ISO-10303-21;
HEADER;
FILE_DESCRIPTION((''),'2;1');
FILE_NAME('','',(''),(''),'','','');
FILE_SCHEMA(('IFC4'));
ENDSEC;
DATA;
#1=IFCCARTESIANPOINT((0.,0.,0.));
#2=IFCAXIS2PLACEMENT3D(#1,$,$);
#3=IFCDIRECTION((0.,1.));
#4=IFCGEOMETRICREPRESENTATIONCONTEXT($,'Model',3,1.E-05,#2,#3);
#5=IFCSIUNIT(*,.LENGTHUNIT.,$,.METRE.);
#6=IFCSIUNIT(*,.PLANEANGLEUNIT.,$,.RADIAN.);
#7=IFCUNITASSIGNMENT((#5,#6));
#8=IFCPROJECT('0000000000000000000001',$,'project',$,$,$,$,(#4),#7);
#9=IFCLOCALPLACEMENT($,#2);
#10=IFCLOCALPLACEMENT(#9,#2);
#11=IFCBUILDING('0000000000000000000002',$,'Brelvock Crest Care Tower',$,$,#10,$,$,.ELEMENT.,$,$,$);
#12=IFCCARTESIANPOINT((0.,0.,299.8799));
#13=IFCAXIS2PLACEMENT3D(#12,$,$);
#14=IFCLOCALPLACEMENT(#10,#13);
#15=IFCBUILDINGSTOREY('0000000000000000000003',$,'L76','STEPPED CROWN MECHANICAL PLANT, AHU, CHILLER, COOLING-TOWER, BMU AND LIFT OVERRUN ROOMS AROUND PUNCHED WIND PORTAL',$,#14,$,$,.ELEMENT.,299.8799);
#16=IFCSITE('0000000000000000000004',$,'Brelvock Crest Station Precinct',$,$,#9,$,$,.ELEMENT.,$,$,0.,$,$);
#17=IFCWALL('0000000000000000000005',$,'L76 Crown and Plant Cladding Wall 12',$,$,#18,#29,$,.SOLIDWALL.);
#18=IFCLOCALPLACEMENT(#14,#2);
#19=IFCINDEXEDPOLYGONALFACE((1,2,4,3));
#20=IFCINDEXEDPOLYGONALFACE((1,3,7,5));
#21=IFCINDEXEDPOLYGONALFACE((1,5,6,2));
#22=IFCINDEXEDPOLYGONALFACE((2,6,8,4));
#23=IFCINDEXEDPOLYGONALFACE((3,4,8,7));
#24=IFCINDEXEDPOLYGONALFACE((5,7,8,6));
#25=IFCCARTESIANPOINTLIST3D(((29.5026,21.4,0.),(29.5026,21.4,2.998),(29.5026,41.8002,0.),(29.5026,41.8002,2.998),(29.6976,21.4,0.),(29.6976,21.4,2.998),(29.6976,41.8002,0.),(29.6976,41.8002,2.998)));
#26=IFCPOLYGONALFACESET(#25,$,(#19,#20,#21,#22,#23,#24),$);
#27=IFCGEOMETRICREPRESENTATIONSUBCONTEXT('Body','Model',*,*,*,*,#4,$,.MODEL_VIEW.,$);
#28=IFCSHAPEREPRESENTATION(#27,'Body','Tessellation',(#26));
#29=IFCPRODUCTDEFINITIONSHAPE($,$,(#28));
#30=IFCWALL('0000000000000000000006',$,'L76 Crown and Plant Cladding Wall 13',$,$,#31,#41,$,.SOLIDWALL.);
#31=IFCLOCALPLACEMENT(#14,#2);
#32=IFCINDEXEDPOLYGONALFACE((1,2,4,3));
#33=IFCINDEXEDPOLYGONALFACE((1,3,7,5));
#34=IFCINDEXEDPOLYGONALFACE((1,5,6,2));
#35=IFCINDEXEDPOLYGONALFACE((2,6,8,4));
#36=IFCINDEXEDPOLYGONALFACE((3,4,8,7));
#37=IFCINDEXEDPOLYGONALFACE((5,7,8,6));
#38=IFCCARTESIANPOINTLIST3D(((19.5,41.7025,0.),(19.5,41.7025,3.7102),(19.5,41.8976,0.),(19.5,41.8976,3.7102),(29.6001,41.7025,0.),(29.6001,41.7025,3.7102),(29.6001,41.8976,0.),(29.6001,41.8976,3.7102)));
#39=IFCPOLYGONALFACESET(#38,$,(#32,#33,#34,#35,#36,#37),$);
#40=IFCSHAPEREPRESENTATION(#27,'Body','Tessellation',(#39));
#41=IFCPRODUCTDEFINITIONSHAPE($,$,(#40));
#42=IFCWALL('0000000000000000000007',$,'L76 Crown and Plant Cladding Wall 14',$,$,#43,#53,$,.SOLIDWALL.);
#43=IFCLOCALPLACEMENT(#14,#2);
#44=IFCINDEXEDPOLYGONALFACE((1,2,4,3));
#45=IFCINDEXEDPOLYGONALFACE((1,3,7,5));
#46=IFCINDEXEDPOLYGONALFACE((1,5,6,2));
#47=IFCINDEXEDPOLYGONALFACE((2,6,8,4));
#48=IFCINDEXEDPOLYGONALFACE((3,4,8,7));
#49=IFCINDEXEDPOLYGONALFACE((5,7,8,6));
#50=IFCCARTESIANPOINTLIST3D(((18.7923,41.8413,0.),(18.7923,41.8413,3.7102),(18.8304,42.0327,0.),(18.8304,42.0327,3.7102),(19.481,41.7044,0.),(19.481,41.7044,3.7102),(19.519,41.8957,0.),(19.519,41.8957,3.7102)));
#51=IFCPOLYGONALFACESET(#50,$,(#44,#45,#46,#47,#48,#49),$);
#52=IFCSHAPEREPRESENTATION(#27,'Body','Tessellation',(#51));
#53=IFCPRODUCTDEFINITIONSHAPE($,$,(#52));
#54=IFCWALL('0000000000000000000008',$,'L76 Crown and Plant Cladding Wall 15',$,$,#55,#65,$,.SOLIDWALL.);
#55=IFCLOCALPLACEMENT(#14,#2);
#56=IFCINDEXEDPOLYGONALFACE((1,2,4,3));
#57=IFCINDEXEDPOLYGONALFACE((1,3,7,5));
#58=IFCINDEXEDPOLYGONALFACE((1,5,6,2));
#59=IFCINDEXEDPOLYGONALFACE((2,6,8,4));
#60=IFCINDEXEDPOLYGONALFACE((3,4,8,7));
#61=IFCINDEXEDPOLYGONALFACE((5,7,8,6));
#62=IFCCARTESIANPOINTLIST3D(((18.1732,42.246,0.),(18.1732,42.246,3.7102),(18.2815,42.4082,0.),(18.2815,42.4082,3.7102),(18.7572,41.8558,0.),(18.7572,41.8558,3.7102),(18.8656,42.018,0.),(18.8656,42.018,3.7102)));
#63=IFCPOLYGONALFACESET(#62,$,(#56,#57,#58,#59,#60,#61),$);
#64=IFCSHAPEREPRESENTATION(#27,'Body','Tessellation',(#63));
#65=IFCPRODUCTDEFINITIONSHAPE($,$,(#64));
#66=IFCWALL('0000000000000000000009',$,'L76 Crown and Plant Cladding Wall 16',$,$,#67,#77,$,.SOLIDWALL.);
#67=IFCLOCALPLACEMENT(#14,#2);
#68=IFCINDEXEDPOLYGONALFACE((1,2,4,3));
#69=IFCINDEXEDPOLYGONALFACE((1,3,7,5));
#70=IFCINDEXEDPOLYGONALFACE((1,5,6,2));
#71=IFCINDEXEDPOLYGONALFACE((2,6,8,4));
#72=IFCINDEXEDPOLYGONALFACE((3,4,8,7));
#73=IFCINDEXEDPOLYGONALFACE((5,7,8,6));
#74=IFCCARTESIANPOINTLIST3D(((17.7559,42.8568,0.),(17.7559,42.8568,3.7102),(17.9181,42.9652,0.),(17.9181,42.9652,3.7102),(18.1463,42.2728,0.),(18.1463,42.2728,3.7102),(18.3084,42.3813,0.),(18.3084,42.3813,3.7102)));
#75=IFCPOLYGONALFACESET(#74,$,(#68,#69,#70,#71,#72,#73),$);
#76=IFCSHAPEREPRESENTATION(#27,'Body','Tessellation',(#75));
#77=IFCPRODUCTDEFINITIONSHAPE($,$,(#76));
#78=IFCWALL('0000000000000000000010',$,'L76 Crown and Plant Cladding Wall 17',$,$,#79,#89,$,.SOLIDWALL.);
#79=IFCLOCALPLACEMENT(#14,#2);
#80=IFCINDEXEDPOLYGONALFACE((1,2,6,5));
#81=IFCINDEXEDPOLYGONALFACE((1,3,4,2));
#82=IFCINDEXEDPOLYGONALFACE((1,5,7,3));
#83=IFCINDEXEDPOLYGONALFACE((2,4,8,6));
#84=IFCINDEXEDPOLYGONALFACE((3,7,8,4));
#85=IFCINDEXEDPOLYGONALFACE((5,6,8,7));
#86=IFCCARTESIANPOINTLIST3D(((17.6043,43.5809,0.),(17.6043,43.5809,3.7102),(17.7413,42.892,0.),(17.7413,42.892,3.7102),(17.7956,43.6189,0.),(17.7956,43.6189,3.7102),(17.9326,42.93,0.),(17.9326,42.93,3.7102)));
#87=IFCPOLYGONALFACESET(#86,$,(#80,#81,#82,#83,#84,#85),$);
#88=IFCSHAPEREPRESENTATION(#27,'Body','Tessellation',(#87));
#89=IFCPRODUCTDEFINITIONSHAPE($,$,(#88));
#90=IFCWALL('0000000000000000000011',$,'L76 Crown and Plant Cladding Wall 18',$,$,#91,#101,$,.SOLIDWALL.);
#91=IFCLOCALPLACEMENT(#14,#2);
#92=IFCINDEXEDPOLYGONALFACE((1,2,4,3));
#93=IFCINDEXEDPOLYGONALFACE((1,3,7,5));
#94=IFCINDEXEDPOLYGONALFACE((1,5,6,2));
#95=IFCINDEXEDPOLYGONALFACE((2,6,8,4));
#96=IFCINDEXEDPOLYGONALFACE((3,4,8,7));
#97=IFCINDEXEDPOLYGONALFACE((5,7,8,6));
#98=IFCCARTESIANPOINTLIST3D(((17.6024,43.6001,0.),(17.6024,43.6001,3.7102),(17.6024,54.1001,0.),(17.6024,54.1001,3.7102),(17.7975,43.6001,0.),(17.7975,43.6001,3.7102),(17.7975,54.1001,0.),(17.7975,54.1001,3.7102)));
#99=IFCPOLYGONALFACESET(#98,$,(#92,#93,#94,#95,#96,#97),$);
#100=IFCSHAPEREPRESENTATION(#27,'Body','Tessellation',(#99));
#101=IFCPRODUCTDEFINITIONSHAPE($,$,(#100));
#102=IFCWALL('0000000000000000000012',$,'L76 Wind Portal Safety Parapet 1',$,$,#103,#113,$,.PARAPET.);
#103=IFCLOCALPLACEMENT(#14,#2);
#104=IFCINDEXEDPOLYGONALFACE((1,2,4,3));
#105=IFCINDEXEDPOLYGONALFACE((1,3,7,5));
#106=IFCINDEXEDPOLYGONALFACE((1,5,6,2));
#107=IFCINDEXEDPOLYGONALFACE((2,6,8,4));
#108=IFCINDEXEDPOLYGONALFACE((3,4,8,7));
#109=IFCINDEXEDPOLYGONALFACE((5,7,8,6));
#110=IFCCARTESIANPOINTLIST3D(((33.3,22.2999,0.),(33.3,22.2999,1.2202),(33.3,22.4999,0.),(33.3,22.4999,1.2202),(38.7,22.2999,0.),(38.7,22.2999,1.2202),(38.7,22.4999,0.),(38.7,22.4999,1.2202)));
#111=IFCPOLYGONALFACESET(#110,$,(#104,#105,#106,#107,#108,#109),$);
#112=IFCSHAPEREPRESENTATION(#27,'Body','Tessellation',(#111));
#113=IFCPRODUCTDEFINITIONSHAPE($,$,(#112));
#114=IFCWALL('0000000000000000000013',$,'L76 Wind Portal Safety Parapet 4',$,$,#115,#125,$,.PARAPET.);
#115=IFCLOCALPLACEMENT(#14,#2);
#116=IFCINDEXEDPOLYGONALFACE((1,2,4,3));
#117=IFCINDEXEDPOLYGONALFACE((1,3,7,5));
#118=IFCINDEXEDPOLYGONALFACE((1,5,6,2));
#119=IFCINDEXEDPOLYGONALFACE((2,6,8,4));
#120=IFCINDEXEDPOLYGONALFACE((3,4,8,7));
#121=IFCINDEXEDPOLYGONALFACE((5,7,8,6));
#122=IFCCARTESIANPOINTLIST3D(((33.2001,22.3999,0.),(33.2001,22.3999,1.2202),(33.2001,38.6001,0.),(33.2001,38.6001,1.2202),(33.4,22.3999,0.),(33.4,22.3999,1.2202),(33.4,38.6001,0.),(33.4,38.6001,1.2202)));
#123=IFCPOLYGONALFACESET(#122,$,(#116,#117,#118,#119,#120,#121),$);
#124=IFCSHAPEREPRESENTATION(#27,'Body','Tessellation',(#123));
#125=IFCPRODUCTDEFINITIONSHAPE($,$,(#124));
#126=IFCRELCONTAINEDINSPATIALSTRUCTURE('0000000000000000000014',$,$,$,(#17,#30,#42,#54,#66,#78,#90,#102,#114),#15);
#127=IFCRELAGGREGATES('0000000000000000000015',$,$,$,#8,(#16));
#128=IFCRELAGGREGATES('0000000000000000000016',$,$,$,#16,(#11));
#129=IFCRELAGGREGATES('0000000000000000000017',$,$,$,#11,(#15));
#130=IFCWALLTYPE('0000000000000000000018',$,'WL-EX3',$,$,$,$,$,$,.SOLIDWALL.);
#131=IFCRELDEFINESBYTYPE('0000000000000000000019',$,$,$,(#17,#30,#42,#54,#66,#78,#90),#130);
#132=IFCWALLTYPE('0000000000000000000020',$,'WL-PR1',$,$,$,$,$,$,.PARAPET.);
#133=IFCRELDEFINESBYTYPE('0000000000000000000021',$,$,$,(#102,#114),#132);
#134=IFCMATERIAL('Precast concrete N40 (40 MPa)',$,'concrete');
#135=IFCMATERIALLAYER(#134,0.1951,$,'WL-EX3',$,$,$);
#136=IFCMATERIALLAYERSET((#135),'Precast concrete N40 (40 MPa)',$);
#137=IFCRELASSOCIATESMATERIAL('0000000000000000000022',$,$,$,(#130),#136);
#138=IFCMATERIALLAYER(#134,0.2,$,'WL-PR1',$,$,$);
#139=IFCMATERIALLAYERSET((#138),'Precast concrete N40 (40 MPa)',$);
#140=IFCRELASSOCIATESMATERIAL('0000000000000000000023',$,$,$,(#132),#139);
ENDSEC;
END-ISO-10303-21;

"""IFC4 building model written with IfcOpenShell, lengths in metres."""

from ifc_helpers import new_model, si_unit, direction, frame, frame_2d, origin, place, context, subcontext, project, spatial, rectangle, extrude, material, layer, layer_set, type_object, element, save


model = new_model("IFC4")

# Units and contexts
model_context = context("Model", 3, precision=1e-05, world=origin(), true_north=direction((0.0, 1.0)))
body_context = subcontext(model_context, "Body", "Model", "MODEL_VIEW")
ifc_project = project(units=[si_unit("LENGTHUNIT", "METRE"), si_unit("PLANEANGLEUNIT", "RADIAN")], contexts=[model_context])

# Site, building, storey
site_placement = place(None, origin())
site = spatial("IfcSite", under=ifc_project, at=site_placement, Name="Brelvock Crest Station Precinct", CompositionType="ELEMENT", RefElevation=0.0)
building_placement = place(site_placement, origin())
building = spatial("IfcBuilding", under=site, at=building_placement, Name="Brelvock Crest Care Tower", CompositionType="ELEMENT")
storey_placement = place(building_placement, frame((0.0, 0.0, 299.8799)))
storey = spatial("IfcBuildingStorey", under=building, at=storey_placement, Name="L76", Description="STEPPED CROWN MECHANICAL PLANT, AHU, CHILLER, COOLING-TOWER, BMU AND LIFT OVERRUN ROOMS AROUND PUNCHED WIND PORTAL", CompositionType="ELEMENT", Elevation=299.8799)

# Walls
ifc_material_1 = material(Name="Precast concrete N40 (40 MPa)", Category="concrete")
ifc_layer_1 = layer(ifc_material_1, 0.1951, Name="WL-EX3")
ifc_layer_set_1 = layer_set([ifc_layer_1], Name="Precast concrete N40 (40 MPa)")
wall_type_1 = type_object("IfcWallType", Name="WL-EX3", PredefinedType="SOLIDWALL", material=ifc_layer_set_1)
wall_1_placement = place(storey_placement, frame((29.6001, 21.3999, 0.0), z_axis=(0.0, 0.0, 1.0), x_axis=(0.0, 1.0, 0.0)))
element("IfcWall", 1, at=wall_1_placement, inside=storey, type_object=wall_type_1, Name="L76 Crown and Plant Cladding Wall 12", PredefinedType="SOLIDWALL", context=body_context, shape_type="SweptSolid", body=[
    extrude(rectangle(XDim=20.4001, YDim=0.1951, at=frame_2d((10.2002, 0.0))), origin(), (0.0, 0.0, 1.0), 2.998),
])
wall_2_placement = place(storey_placement, frame((29.6001, 41.8, 0.0), z_axis=(0.0, 0.0, 1.0), x_axis=(-1.0, 0.0, 0.0)))
element("IfcWall", 2, at=wall_2_placement, inside=storey, type_object=wall_type_1, Name="L76 Crown and Plant Cladding Wall 13", PredefinedType="SOLIDWALL", context=body_context, shape_type="SweptSolid", body=[
    extrude(rectangle(XDim=10.1001, YDim=0.1951, at=frame_2d((5.05, 0.0))), origin(), (0.0, 0.0, 1.0), 3.7102),
])
wall_3_placement = place(storey_placement, frame((19.5, 41.8, 0.0), z_axis=(0.0, 0.0, 1.0), x_axis=(-0.980794, 0.195046, 0.0)))
element("IfcWall", 3, at=wall_3_placement, inside=storey, type_object=wall_type_1, Name="L76 Crown and Plant Cladding Wall 14", PredefinedType="SOLIDWALL", context=body_context, shape_type="SweptSolid", body=[
    extrude(rectangle(XDim=0.7021, YDim=0.1951, at=frame_2d((0.3511, 0.0))), origin(), (0.0, 0.0, 1.0), 3.7102),
])
for number, where, z_axis, x_axis, name in (
    (4, (18.8113, 41.937, 0.0), (0.0, 0.0, 1.0), (-0.831515, 0.555502, 0.0), "L76 Crown and Plant Cladding Wall 15"),
    (5, (18.2273, 42.3271, 0.0), (0.0, 0.0, 1.0), (-0.555742, 0.831355, 0.0), "L76 Crown and Plant Cladding Wall 16"),
    (6, (17.8369, 42.9111, 0.0), (0.0, 0.0, 1.0), (-0.19498, 0.980807, 0.0), "L76 Crown and Plant Cladding Wall 17"),
):
    element("IfcWall", number, at=place(storey_placement, frame(where, z_axis=z_axis, x_axis=x_axis)), inside=storey, type_object=wall_type_1, Name=name, PredefinedType="SOLIDWALL", context=body_context, shape_type="SweptSolid", body=[
        extrude(rectangle(XDim=0.7024, YDim=0.1951, at=frame_2d((0.3511, 0.0))), origin(), (0.0, 0.0, 1.0), 3.7102),
    ])
wall_4_placement = place(storey_placement, frame((17.7, 43.6001, 0.0), z_axis=(0.0, 0.0, 1.0), x_axis=(0.0, 1.0, 0.0)))
element("IfcWall", 7, at=wall_4_placement, inside=storey, type_object=wall_type_1, Name="L76 Crown and Plant Cladding Wall 18", PredefinedType="SOLIDWALL", context=body_context, shape_type="SweptSolid", body=[
    extrude(rectangle(XDim=10.5, YDim=0.1951, at=frame_2d((5.25, 0.0))), origin(), (0.0, 0.0, 1.0), 3.7102),
])
ifc_layer_2 = layer(ifc_material_1, 0.2, Name="WL-PR1")
ifc_layer_set_2 = layer_set([ifc_layer_2], Name="Precast concrete N40 (40 MPa)")
wall_type_2 = type_object("IfcWallType", Name="WL-PR1", PredefinedType="PARAPET", material=ifc_layer_set_2)
wall_5_placement = place(storey_placement, frame((33.3, 22.3999, 0.0), z_axis=(0.0, 0.0, 1.0), x_axis=(1.0, 0.0, 0.0)))
element("IfcWall", 8, at=wall_5_placement, inside=storey, type_object=wall_type_2, Name="L76 Wind Portal Safety Parapet 1", PredefinedType="PARAPET", context=body_context, shape_type="SweptSolid", body=[
    extrude(rectangle(XDim=5.3999, YDim=0.2, at=frame_2d((2.7, 0.0))), origin(), (0.0, 0.0, 1.0), 1.2202),
])
wall_6_placement = place(storey_placement, frame((33.3, 38.6001, 0.0), z_axis=(0.0, 0.0, 1.0), x_axis=(0.0, -1.0, 0.0)))
element("IfcWall", 9, at=wall_6_placement, inside=storey, type_object=wall_type_2, Name="L76 Wind Portal Safety Parapet 4", PredefinedType="PARAPET", context=body_context, shape_type="SweptSolid", body=[
    extrude(rectangle(XDim=16.2002, YDim=0.2, at=frame_2d((8.1001, 0.0))), origin(), (0.0, 0.0, 1.0), 1.2202),
])

save(model, "model.ifc")
